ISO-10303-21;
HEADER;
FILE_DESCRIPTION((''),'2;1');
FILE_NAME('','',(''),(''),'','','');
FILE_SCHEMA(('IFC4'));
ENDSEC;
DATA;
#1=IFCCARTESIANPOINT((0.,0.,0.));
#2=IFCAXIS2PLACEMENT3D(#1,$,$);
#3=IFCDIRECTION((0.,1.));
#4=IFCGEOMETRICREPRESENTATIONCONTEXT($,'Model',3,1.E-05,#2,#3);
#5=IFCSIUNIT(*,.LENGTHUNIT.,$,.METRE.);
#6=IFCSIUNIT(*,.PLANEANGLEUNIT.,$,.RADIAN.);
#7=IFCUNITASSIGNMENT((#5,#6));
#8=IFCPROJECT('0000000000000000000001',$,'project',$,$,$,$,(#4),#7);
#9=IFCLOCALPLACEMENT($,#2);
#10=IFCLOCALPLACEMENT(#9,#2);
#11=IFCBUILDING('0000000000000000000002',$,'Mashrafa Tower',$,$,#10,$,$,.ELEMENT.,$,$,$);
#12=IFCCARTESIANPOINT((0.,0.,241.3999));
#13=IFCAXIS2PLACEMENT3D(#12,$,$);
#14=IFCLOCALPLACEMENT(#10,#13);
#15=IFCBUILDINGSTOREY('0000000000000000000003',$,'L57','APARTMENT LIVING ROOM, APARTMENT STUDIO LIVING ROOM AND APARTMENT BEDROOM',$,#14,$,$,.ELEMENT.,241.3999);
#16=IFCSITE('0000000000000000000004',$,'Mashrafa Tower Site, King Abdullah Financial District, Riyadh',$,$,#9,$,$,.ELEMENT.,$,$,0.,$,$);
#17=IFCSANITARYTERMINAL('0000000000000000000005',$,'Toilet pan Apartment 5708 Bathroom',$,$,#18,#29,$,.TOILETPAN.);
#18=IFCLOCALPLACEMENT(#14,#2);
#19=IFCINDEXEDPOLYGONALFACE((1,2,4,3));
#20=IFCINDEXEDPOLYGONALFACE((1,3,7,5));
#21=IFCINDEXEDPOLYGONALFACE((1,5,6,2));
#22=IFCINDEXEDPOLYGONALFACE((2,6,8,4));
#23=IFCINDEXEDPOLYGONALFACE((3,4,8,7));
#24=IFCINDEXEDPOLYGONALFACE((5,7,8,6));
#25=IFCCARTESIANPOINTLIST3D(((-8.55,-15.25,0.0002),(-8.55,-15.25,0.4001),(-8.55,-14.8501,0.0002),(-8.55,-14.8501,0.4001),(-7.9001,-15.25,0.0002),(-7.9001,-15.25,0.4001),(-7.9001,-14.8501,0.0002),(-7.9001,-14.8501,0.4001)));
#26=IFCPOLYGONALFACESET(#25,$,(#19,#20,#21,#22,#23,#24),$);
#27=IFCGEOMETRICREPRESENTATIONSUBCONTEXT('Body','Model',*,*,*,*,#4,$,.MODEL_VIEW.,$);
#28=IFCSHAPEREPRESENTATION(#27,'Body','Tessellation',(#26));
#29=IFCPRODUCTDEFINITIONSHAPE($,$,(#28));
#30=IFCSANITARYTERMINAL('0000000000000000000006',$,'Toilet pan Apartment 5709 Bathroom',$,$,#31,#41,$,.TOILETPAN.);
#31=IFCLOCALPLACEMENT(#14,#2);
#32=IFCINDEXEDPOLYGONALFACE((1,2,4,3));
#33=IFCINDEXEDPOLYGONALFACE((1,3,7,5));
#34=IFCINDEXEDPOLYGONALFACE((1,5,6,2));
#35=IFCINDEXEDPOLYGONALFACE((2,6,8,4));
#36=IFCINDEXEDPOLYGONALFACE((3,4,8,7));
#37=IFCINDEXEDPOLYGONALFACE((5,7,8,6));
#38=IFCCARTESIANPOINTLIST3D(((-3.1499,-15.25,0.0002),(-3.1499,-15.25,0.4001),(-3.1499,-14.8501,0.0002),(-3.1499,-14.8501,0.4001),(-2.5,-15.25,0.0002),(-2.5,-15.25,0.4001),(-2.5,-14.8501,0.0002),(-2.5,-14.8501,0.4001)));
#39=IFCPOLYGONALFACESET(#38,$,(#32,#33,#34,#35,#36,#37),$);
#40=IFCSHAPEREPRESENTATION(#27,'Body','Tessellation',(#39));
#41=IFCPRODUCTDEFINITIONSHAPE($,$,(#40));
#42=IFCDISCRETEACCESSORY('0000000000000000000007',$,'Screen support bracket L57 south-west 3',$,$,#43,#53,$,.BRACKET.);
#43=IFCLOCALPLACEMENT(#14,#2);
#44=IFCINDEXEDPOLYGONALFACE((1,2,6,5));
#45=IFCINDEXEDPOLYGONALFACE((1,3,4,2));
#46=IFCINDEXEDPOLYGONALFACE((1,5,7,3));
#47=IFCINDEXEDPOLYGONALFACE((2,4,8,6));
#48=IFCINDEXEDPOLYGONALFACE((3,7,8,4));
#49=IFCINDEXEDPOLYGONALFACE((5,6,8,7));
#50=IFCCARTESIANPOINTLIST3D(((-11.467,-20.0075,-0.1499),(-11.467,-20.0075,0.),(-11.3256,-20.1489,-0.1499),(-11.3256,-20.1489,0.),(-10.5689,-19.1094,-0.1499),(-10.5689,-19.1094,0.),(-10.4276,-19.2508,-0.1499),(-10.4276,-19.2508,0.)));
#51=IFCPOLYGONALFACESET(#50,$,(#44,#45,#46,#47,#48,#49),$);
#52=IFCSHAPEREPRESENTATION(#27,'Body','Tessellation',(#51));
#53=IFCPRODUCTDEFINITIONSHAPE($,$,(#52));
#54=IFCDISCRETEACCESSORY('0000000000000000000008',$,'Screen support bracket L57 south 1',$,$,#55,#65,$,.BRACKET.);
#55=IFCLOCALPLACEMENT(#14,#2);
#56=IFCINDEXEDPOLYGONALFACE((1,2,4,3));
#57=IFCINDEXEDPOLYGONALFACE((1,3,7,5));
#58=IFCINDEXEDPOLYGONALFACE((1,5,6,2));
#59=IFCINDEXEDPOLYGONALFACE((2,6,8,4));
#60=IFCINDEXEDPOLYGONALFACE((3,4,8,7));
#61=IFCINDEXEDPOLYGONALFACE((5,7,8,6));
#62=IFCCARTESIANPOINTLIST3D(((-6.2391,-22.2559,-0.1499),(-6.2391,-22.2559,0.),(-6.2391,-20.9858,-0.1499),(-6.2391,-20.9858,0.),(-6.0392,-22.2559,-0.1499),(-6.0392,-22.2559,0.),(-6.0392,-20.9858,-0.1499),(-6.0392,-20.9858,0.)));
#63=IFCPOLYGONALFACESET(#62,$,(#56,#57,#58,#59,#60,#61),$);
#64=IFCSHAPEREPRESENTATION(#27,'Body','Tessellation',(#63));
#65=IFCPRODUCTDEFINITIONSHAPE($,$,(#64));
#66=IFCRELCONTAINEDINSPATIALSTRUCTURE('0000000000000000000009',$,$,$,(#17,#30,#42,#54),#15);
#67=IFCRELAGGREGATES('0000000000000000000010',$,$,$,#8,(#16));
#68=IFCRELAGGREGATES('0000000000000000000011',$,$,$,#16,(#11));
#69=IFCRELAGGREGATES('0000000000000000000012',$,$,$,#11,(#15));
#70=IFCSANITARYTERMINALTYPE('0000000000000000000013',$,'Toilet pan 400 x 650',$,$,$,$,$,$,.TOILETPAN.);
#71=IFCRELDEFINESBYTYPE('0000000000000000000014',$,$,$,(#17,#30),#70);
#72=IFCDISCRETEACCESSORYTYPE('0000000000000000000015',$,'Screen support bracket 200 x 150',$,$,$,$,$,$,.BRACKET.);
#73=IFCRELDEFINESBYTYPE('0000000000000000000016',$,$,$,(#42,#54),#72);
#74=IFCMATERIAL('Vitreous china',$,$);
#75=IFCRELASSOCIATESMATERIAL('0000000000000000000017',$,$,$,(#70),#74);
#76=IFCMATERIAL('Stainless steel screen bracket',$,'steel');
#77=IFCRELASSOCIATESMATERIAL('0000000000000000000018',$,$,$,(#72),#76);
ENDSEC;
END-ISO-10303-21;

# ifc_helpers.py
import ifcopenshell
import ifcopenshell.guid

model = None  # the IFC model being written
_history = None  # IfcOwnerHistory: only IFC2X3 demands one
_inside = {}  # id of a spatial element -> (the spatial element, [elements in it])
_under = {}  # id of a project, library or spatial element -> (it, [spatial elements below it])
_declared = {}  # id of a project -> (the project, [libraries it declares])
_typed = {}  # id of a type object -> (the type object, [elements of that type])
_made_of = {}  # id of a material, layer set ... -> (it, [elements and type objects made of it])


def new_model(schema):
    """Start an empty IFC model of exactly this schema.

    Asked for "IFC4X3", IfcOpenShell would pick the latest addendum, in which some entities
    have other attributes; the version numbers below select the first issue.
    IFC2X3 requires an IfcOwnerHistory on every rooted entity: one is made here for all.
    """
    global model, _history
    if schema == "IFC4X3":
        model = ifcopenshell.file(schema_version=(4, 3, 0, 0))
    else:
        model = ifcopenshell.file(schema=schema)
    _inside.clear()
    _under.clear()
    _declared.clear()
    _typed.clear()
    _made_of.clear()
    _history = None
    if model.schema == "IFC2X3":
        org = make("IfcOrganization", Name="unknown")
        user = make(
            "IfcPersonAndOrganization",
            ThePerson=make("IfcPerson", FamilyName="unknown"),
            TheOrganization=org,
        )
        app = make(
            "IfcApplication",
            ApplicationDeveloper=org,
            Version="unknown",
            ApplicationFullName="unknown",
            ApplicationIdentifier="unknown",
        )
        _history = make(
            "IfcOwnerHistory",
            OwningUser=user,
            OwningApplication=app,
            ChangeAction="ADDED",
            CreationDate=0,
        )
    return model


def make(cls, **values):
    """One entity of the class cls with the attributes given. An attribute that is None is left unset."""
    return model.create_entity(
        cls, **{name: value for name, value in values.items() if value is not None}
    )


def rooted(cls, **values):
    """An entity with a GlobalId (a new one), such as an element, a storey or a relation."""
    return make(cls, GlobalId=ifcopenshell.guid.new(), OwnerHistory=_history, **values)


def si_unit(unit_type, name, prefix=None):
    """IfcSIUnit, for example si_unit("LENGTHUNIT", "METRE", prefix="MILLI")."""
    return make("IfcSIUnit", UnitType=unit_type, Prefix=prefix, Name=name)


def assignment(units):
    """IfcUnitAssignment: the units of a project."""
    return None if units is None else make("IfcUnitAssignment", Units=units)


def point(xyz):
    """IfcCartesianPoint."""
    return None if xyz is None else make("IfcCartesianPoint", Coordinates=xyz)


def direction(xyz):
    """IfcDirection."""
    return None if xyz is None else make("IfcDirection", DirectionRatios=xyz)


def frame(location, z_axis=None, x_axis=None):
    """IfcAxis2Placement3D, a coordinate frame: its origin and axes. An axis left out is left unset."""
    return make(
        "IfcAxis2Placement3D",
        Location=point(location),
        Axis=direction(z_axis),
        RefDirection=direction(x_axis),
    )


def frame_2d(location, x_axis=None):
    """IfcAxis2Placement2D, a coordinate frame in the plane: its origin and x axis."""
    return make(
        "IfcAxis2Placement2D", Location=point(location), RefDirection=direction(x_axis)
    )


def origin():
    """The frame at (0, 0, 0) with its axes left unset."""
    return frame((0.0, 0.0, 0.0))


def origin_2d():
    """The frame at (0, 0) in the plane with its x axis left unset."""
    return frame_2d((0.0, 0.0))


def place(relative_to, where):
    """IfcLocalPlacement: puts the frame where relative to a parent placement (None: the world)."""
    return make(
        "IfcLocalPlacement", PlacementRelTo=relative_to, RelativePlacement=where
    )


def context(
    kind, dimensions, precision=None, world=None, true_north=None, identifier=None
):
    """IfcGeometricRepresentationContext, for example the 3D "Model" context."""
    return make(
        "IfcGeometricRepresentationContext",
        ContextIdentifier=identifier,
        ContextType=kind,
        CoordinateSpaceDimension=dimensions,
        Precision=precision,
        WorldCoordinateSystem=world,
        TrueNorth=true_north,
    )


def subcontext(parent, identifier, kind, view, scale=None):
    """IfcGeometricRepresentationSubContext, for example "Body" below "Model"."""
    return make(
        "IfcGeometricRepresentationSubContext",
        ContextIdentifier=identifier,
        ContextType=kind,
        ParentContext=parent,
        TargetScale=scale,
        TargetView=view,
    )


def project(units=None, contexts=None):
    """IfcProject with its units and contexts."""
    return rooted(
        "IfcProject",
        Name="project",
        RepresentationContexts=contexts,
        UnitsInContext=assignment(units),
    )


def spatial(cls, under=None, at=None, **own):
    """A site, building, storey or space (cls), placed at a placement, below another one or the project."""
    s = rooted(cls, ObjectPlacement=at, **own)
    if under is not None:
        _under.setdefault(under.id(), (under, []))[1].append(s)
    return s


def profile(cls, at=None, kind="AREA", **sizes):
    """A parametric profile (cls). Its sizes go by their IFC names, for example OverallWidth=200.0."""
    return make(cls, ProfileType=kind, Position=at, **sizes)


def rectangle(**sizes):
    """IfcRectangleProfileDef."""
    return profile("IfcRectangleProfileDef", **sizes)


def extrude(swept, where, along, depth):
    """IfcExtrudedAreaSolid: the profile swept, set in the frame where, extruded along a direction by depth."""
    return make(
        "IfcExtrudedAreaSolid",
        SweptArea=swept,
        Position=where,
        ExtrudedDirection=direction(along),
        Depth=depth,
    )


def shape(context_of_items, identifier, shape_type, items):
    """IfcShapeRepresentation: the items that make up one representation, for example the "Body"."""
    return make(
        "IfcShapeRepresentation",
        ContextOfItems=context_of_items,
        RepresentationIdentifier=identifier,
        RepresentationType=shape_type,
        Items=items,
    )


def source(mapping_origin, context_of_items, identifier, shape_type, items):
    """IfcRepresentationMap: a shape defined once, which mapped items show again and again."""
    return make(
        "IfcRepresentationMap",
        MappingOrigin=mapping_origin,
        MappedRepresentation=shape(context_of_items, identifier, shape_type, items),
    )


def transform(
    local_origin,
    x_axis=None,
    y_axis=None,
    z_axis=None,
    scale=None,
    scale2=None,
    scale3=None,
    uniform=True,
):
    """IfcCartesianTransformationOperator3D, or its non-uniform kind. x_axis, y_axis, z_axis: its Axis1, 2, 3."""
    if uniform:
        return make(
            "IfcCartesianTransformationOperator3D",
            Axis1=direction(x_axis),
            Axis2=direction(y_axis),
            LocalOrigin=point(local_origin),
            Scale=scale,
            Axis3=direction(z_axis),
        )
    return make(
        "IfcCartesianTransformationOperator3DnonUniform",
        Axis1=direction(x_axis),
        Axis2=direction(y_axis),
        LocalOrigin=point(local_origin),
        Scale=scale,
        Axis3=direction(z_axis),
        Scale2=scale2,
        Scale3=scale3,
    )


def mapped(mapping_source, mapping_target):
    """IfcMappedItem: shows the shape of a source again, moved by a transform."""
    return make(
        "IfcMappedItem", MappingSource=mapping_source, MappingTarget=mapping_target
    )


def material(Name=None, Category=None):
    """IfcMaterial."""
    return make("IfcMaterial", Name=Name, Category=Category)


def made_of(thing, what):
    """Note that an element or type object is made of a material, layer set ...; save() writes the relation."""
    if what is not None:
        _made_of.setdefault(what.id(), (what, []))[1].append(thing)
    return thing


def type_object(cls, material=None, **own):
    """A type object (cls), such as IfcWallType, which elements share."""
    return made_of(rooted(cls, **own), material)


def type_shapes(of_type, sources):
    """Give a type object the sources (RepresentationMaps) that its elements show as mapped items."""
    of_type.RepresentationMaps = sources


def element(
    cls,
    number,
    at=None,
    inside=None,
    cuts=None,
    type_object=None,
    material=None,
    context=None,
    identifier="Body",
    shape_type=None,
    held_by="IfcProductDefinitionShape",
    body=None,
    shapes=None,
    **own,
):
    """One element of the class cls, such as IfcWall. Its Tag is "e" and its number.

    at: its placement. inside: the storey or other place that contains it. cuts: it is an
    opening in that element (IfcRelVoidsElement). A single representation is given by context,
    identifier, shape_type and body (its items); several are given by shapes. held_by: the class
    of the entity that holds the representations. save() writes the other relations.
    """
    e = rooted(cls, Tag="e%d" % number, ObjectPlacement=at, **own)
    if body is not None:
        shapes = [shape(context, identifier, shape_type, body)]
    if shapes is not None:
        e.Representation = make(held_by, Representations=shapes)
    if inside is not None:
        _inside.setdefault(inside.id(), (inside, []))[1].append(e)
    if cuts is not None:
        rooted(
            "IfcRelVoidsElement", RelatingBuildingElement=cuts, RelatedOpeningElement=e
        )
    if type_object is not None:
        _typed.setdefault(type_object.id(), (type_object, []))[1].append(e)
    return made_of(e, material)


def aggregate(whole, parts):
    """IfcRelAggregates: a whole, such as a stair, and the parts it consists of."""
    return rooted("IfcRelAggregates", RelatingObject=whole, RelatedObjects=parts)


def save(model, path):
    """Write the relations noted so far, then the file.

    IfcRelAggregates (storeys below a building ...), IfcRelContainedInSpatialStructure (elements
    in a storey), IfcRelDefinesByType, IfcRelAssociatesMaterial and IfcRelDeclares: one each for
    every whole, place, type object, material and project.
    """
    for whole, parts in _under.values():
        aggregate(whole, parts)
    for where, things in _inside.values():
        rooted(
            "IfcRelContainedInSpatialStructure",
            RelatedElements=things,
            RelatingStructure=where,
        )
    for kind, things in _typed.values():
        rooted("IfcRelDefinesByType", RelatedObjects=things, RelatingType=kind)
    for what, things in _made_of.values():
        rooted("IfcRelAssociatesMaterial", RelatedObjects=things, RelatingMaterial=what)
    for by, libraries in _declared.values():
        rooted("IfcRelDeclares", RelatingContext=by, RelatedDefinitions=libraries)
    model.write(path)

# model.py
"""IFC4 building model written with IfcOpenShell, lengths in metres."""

from ifc_helpers import new_model, si_unit, direction, frame, origin, origin_2d, place, context, subcontext, project, spatial, rectangle, extrude, source, transform, mapped, material, type_object, type_shapes, element, save


model = new_model("IFC4")

# Units and contexts
model_context = context("Model", 3, precision=1e-05, world=origin(), true_north=direction((0.0, 1.0)))
body_context = subcontext(model_context, "Body", "Model", "MODEL_VIEW")
ifc_project = project(units=[si_unit("LENGTHUNIT", "METRE"), si_unit("PLANEANGLEUNIT", "RADIAN")], contexts=[model_context])

# Site, building, storey
site_placement = place(None, origin())
site = spatial("IfcSite", under=ifc_project, at=site_placement, Name="Mashrafa Tower Site, King Abdullah Financial District, Riyadh", CompositionType="ELEMENT", RefElevation=0.0)
building_placement = place(site_placement, origin())
building = spatial("IfcBuilding", under=site, at=building_placement, Name="Mashrafa Tower", CompositionType="ELEMENT")
storey_placement = place(building_placement, frame((0.0, 0.0, 241.3999)))
storey = spatial("IfcBuildingStorey", under=building, at=storey_placement, Name="L57", Description="APARTMENT LIVING ROOM, APARTMENT STUDIO LIVING ROOM AND APARTMENT BEDROOM", CompositionType="ELEMENT", Elevation=241.3999)

# Sanitary terminals
ifc_material_1 = material(Name="Vitreous china")
sanitary_terminal_type = type_object("IfcSanitaryTerminalType", Name="Toilet pan 400 x 650", PredefinedType="TOILETPAN", material=ifc_material_1)
for number, where, z_axis, x_axis, name in (
    (1, (-8.2251, -15.05, 0.0002), (0.0, 0.0, 1.0), (0.0, 1.0, 0.0), "Toilet pan Apartment 5708 Bathroom"),
    (2, (-2.825, -15.05, 0.0002), (0.0, 0.0, 1.0), (0.0, 1.0, 0.0), "Toilet pan Apartment 5709 Bathroom"),
):
    element("IfcSanitaryTerminal", number, at=place(storey_placement, frame(where, z_axis=z_axis, x_axis=x_axis)), inside=storey, type_object=sanitary_terminal_type, Name=name, PredefinedType="TOILETPAN", context=body_context, shape_type="SweptSolid", body=[
        extrude(rectangle(XDim=0.3999, YDim=0.6499, at=origin_2d()), origin(), (0.0, 0.0, 1.0), 0.3999),
    ])

# Discrete accessories
ifc_material_2 = material(Name="Stainless steel screen bracket", Category="steel")
discrete_accessory_type = type_object("IfcDiscreteAccessoryType", Name="Screen support bracket 200 x 150", PredefinedType="BRACKET", material=ifc_material_2)
shared_shape_1 = source(origin(), body_context, "Body", "SweptSolid", [
    extrude(rectangle(XDim=0.2, YDim=1.27, at=origin_2d()), origin(), (0.0, 0.0, 1.0), 0.1499),
])
type_shapes(discrete_accessory_type, [shared_shape_1])
for number, where, z_axis, x_axis, name in (
    (3, (-10.9473, -19.6292, -0.1499), (0.0, 0.0, 1.0), (0.707107, -0.707107, 0.0), "Screen support bracket L57 south-west 3"),
    (4, (-6.1392, -21.6208, -0.1499), (0.0, 0.0, 1.0), (1.0, 0.0, 0.0), "Screen support bracket L57 south 1"),
):
    element("IfcDiscreteAccessory", number, at=place(storey_placement, frame(where, z_axis=z_axis, x_axis=x_axis)), inside=storey, type_object=discrete_accessory_type, Name=name, PredefinedType="BRACKET", context=body_context, shape_type="MappedRepresentation", body=[
        mapped(shared_shape_1, transform((0.0, 0.0, 0.0))),
    ])

save(model, "model.ifc")
